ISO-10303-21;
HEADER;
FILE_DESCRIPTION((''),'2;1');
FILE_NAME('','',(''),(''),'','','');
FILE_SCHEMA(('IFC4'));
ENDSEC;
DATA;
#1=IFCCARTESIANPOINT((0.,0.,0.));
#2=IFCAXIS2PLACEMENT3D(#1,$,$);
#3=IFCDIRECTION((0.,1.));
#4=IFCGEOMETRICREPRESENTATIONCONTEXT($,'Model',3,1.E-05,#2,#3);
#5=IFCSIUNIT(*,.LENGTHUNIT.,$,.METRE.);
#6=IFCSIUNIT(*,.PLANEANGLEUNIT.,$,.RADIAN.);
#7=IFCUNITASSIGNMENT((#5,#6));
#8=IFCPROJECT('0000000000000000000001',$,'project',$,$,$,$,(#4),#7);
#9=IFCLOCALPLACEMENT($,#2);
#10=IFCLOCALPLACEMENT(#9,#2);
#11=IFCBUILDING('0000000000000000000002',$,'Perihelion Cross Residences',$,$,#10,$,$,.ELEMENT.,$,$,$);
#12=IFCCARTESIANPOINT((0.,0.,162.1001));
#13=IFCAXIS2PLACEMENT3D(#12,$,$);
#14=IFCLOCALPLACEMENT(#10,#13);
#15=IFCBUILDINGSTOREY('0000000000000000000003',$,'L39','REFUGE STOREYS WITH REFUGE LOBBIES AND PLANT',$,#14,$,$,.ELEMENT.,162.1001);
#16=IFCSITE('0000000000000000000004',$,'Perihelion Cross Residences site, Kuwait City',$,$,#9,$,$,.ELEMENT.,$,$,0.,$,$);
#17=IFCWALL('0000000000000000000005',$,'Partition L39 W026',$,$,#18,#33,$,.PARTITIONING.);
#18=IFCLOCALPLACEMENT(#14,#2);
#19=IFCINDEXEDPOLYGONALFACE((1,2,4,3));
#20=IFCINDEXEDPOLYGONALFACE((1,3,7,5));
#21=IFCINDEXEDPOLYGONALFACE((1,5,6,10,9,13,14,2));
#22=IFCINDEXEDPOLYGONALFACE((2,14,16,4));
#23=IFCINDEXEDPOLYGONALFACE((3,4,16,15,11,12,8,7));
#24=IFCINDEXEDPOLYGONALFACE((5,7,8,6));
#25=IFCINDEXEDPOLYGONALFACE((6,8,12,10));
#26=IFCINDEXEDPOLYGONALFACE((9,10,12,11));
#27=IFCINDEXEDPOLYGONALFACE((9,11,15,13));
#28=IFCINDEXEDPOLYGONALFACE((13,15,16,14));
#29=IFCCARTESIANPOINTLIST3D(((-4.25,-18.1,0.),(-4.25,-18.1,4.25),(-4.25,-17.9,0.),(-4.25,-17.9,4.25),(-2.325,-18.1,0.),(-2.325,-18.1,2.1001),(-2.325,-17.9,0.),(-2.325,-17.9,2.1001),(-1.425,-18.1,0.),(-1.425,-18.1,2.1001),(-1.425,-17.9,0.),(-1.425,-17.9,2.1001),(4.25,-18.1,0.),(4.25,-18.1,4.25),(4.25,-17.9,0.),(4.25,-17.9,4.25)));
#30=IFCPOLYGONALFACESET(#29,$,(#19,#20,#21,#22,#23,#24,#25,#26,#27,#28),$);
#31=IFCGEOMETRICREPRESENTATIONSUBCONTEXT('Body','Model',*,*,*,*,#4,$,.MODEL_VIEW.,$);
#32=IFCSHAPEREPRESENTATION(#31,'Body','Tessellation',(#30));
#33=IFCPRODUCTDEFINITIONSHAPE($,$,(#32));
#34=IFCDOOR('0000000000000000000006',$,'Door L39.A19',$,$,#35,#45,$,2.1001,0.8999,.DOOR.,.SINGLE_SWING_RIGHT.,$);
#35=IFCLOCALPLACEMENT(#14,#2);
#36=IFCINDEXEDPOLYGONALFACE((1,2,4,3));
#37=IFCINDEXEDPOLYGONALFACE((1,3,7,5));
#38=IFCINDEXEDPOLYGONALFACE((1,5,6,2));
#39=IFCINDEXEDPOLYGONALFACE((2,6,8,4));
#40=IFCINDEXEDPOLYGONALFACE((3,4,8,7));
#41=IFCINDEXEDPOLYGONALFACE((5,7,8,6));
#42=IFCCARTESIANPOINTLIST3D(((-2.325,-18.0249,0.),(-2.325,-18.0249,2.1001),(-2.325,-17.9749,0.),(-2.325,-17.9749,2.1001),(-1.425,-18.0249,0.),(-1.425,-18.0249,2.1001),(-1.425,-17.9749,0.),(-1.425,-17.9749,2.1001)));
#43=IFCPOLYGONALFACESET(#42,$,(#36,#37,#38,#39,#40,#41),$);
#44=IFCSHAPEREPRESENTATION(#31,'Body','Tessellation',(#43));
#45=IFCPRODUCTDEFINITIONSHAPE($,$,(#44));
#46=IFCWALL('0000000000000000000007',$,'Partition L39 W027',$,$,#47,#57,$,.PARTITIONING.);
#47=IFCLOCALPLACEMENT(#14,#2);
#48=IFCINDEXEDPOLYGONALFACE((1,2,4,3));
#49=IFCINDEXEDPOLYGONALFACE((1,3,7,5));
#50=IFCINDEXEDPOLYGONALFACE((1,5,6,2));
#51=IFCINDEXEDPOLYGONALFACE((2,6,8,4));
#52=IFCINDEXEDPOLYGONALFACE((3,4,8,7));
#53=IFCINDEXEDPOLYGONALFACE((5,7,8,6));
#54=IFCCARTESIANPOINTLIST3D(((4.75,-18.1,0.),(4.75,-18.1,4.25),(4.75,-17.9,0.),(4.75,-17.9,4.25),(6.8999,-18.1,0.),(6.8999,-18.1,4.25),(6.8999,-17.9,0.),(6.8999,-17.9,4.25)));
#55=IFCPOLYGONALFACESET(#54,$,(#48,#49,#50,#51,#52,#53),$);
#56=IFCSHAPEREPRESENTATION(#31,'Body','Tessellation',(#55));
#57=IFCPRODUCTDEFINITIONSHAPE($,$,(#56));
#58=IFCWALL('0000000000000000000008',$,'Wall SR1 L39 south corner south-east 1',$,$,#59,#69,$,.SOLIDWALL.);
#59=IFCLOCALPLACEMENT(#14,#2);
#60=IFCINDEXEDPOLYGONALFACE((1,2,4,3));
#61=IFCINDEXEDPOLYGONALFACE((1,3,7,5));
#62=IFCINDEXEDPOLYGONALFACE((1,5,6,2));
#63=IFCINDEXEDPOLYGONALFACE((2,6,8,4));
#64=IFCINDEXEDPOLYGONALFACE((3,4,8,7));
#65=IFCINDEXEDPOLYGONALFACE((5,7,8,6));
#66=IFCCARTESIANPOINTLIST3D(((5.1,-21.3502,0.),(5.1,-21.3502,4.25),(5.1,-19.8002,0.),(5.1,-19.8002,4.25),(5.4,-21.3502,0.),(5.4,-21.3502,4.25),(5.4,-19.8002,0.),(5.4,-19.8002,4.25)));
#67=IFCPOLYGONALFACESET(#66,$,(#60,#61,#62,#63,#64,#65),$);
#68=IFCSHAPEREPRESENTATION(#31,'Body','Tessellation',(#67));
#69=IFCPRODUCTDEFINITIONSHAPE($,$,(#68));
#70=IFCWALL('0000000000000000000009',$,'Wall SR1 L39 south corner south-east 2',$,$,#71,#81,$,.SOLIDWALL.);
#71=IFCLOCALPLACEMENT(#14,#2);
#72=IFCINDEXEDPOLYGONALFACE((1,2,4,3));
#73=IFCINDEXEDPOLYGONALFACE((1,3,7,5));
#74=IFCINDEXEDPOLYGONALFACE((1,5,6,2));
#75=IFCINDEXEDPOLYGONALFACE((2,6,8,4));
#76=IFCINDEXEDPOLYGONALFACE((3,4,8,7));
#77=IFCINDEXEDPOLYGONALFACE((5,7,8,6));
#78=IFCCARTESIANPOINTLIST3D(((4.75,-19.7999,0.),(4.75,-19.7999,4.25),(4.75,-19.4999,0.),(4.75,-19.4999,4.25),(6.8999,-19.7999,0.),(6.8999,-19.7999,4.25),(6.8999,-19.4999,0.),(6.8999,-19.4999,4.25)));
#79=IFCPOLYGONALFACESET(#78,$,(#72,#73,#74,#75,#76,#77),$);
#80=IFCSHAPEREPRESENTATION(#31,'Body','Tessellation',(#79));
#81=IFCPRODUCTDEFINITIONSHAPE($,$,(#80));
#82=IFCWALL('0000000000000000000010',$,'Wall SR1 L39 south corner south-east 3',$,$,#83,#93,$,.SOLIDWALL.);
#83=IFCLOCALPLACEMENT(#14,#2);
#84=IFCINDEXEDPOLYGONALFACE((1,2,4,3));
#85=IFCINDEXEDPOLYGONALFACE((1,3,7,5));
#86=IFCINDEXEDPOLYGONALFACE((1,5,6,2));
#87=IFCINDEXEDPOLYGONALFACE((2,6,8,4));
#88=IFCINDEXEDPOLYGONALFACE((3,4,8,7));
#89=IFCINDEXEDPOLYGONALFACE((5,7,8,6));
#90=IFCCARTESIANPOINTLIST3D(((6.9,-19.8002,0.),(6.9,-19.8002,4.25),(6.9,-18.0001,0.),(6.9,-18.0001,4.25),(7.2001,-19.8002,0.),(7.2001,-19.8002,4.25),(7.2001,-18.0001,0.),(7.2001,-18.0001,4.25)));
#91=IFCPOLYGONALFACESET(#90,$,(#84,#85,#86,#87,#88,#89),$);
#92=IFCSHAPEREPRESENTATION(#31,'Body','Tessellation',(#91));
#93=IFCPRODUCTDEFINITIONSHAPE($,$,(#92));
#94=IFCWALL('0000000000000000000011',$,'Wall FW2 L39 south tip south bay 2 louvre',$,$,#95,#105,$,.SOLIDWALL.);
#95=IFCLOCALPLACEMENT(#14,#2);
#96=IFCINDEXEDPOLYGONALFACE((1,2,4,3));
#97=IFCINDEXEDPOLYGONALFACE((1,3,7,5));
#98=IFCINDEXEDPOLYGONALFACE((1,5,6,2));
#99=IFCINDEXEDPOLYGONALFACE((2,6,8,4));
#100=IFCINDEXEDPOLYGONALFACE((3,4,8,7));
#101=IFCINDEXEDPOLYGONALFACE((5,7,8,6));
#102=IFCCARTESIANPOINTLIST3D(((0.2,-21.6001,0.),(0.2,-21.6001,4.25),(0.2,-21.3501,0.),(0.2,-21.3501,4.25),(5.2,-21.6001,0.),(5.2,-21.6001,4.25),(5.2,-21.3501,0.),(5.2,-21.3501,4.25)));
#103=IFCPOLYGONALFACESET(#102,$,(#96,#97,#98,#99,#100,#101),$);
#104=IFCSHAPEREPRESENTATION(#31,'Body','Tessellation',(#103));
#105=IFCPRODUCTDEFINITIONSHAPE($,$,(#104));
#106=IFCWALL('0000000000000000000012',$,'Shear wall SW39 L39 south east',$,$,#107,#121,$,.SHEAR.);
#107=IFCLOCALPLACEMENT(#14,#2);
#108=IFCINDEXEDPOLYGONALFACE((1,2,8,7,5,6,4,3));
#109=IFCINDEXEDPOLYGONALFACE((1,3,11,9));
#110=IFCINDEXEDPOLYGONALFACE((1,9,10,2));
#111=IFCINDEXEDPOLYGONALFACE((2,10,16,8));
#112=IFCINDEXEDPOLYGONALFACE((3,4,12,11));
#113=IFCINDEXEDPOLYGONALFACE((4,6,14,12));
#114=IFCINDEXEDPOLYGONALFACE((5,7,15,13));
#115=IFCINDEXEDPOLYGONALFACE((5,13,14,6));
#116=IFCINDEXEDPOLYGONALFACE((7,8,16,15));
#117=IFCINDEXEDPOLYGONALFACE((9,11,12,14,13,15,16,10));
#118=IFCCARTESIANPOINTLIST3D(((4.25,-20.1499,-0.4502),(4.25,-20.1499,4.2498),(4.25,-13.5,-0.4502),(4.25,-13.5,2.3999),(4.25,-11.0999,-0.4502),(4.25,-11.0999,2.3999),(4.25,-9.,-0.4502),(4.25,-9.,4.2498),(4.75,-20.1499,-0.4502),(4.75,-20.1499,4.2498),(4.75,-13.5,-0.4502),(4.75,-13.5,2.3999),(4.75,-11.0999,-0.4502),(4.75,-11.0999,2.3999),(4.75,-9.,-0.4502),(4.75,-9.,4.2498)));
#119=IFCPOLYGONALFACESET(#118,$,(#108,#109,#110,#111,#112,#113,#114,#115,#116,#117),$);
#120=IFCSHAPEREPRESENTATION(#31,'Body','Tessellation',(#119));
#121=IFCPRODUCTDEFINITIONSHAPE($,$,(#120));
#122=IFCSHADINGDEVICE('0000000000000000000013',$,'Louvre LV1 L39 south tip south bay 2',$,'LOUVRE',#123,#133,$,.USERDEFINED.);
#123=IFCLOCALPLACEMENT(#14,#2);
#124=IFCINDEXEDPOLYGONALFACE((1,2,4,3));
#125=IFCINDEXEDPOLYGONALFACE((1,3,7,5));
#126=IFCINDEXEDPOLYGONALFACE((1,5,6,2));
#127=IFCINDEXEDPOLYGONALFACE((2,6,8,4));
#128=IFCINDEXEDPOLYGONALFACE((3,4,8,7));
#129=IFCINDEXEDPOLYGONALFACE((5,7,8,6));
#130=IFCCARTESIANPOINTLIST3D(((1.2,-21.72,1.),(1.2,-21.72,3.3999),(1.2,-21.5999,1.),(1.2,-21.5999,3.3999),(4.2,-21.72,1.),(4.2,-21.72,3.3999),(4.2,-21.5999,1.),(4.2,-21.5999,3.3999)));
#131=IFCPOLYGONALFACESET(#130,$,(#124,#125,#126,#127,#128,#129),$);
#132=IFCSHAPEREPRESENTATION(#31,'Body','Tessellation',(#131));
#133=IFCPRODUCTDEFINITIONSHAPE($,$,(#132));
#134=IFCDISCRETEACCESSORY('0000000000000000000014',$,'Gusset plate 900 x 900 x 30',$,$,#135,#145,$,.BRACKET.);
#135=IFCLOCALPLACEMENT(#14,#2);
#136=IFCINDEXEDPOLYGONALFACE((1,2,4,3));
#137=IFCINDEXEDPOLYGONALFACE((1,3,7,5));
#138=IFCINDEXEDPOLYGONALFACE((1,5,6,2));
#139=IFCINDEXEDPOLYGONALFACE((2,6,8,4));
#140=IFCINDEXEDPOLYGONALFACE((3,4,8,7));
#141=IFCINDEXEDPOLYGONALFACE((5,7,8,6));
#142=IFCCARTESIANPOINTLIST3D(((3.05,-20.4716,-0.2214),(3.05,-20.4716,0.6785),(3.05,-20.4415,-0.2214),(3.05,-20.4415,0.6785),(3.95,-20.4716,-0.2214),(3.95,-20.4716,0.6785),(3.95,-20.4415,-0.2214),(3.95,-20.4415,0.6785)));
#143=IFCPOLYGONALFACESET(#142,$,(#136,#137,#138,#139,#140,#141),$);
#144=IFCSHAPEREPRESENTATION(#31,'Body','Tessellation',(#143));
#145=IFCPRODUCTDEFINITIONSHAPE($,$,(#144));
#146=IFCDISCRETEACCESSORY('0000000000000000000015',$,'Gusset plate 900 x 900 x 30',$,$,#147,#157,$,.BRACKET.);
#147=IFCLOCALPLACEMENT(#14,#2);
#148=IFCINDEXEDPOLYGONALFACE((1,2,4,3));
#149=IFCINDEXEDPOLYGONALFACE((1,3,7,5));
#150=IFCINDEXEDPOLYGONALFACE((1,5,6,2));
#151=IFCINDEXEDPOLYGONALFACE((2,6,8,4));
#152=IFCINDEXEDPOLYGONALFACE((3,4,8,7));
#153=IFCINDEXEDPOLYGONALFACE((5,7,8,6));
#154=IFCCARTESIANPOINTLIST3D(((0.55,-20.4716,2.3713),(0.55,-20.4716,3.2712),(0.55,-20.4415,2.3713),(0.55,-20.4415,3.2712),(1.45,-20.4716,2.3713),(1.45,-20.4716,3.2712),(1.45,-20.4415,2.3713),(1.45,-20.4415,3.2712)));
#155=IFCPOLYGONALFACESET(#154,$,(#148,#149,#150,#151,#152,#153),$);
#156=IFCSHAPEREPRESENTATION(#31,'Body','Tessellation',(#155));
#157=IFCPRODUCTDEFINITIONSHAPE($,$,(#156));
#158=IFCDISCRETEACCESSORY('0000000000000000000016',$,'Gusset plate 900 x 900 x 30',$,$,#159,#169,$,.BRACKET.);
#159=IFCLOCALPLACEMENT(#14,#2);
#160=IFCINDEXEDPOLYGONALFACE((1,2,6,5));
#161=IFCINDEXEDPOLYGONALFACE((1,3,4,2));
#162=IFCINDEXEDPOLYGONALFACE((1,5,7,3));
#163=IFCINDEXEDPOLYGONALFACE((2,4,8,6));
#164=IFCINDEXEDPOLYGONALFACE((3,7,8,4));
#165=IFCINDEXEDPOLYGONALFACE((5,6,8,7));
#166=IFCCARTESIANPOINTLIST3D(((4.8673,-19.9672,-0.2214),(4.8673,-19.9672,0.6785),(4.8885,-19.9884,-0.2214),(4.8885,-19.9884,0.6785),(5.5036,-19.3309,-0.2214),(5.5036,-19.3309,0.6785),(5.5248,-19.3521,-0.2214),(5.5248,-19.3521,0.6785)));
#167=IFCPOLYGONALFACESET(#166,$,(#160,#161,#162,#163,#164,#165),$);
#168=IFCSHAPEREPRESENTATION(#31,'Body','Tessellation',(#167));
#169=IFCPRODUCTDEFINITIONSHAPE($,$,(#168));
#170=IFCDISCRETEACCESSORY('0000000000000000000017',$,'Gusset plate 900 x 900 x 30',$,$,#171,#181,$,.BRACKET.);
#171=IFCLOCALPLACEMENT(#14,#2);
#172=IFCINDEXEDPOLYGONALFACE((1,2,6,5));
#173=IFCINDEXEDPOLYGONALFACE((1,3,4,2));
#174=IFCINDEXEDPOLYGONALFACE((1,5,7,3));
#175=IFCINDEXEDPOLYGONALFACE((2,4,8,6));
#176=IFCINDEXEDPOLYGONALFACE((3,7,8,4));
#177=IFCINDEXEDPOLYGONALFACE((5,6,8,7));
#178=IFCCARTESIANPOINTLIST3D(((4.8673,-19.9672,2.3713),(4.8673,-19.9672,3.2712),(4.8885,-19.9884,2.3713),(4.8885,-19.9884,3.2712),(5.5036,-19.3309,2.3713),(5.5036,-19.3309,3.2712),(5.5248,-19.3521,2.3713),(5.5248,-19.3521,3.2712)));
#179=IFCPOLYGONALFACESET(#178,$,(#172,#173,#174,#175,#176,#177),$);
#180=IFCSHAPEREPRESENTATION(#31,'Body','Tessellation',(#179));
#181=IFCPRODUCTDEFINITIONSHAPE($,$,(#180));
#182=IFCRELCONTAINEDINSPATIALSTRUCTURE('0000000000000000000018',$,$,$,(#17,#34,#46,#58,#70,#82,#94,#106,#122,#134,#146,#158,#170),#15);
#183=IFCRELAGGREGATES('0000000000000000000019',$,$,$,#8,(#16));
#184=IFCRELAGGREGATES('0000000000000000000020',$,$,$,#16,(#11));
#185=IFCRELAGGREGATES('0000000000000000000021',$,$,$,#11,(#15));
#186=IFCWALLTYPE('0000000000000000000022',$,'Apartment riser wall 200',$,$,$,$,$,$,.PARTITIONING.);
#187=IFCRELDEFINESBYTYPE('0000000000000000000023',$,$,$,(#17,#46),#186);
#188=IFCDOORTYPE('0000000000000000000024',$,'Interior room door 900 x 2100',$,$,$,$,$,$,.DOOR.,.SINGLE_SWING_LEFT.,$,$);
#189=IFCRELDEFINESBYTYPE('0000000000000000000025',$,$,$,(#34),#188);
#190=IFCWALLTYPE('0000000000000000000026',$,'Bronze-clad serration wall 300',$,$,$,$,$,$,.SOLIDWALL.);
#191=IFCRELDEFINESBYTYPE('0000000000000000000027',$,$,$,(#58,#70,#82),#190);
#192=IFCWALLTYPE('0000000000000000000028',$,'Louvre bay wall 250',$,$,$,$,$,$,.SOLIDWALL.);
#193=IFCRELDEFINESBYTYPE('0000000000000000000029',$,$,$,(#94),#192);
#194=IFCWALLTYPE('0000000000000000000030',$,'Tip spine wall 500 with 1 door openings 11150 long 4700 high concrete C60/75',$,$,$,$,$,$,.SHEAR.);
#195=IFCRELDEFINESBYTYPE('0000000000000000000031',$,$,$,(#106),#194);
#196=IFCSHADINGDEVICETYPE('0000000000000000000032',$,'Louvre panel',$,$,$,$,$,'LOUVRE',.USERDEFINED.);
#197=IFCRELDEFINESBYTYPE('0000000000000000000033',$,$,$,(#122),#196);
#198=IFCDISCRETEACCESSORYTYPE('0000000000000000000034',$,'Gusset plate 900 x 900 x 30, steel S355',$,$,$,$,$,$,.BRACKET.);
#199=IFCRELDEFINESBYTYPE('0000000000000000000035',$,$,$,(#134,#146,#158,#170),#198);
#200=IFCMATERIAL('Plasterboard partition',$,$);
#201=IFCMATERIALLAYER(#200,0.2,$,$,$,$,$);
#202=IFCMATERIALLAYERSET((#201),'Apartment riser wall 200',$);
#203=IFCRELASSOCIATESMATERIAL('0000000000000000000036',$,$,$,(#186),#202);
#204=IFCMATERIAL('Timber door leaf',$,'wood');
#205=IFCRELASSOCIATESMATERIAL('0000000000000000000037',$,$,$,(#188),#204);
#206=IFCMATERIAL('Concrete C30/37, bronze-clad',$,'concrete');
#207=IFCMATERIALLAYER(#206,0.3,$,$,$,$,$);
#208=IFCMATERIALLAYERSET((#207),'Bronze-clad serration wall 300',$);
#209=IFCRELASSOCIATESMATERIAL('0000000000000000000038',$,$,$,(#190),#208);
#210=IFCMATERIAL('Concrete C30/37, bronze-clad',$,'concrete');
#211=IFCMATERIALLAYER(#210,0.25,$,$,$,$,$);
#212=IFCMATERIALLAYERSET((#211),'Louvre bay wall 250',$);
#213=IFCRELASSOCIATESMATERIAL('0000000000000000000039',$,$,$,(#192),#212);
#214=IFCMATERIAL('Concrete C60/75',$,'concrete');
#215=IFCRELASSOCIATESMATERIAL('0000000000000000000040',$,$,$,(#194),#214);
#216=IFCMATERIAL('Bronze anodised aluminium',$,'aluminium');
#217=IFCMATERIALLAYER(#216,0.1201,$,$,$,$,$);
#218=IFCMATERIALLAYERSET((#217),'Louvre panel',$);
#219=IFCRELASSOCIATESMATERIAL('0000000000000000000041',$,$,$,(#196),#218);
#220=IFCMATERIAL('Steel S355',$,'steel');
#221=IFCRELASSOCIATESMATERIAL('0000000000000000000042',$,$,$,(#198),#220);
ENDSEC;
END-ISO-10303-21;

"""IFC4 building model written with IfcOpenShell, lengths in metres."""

from ifc_helpers import new_model, si_unit, direction, frame, frame_2d, origin, origin_2d, place, context, subcontext, project, spatial, polyline, rectangle, outline, extrude, material, layer, layer_set, material_profile, profile_set, type_object, element, fill, save


model = new_model("IFC4")

# Units and contexts
model_context = context("Model", 3, precision=1e-05, world=origin(), true_north=direction((0.0, 1.0)))
body_context = subcontext(model_context, "Body", "Model", "MODEL_VIEW")
ifc_project = project(units=[si_unit("LENGTHUNIT", "METRE"), si_unit("PLANEANGLEUNIT", "RADIAN")], contexts=[model_context])

# Site, building, storey
site_placement = place(None, origin())
site = spatial("IfcSite", under=ifc_project, at=site_placement, Name="Perihelion Cross Residences site, Kuwait City", CompositionType="ELEMENT", RefElevation=0.0)
building_placement = place(site_placement, origin())
building = spatial("IfcBuilding", under=site, at=building_placement, Name="Perihelion Cross Residences", CompositionType="ELEMENT")
storey_placement = place(building_placement, frame((0.0, 0.0, 162.1001)))
storey = spatial("IfcBuildingStorey", under=building, at=storey_placement, Name="L39", Description="REFUGE STOREYS WITH REFUGE LOBBIES AND PLANT", CompositionType="ELEMENT", Elevation=162.1001)

# Wall, opening, door
ifc_material_1 = material(Name="Plasterboard partition")
ifc_layer_1 = layer(ifc_material_1, 0.2)
ifc_layer_set_1 = layer_set([ifc_layer_1], Name="Apartment riser wall 200")
wall_type_1 = type_object("IfcWallType", Name="Apartment riser wall 200", PredefinedType="PARTITIONING", material=ifc_layer_set_1)
wall_1_placement = place(storey_placement, frame((4.25, -18.0, 0.0), z_axis=(0.0, 0.0, 1.0), x_axis=(-1.0, 0.0, 0.0)))
wall_1 = element("IfcWall", 1, at=wall_1_placement, inside=storey, type_object=wall_type_1, Name="Partition L39 W026", PredefinedType="PARTITIONING", context=body_context, shape_type="SweptSolid", body=[
    extrude(rectangle(XDim=8.5, YDim=0.2, at=frame_2d((4.25, 0.0))), origin(), (0.0, 0.0, 1.0), 4.25),
])
opening_placement = place(wall_1_placement, frame((5.675, 0.0, 0.0)))
opening = element("IfcOpeningElement", 2, at=opening_placement, cuts=wall_1, PredefinedType="OPENING", context=body_context, shape_type="SweptSolid", body=[
    extrude(rectangle(XDim=0.8999, YDim=2.1001, at=frame_2d((0.45, 1.05))), frame((0.0, 0.1099, 0.0), z_axis=(0.0, -1.0, 0.0), x_axis=(1.0, 0.0, 0.0)), (0.0, 0.0, 1.0), 0.22),
])
ifc_material_2 = material(Name="Timber door leaf", Category="wood")
door_type = type_object("IfcDoorType", Name="Interior room door 900 x 2100", OperationType="SINGLE_SWING_LEFT", PredefinedType="DOOR", material=ifc_material_2)
door_placement = place(opening_placement, origin())
door = element("IfcDoor", 3, at=door_placement, inside=storey, type_object=door_type, Name="Door L39.A19", OperationType="SINGLE_SWING_RIGHT", OverallHeight=2.1001, OverallWidth=0.8999, PredefinedType="DOOR", context=body_context, shape_type="SweptSolid", body=[
    extrude(rectangle(XDim=0.8999, YDim=2.1001, at=frame_2d((0.45, 1.05))), frame((0.0, 0.0249, 0.0), z_axis=(0.0, -1.0, 0.0), x_axis=(1.0, 0.0, 0.0)), (0.0, 0.0, 1.0), 0.05),
])
fill(opening, door)

# Walls
wall_2_placement = place(storey_placement, frame((6.8999, -18.0, 0.0), z_axis=(0.0, 0.0, 1.0), x_axis=(-1.0, 0.0, 0.0)))
element("IfcWall", 4, at=wall_2_placement, inside=storey, type_object=wall_type_1, Name="Partition L39 W027", PredefinedType="PARTITIONING", context=body_context, shape_type="SweptSolid", body=[
    extrude(rectangle(XDim=2.1499, YDim=0.2, at=frame_2d((1.075, 0.0))), origin(), (0.0, 0.0, 1.0), 4.25),
])
ifc_material_3 = material(Name="Concrete C30/37, bronze-clad", Category="concrete")
ifc_layer_2 = layer(ifc_material_3, 0.3)
ifc_layer_set_2 = layer_set([ifc_layer_2], Name="Bronze-clad serration wall 300")
wall_type_2 = type_object("IfcWallType", Name="Bronze-clad serration wall 300", PredefinedType="SOLIDWALL", material=ifc_layer_set_2)
wall_3_placement = place(storey_placement, frame((5.25, -21.3501, 0.0), z_axis=(0.0, 0.0, 1.0), x_axis=(0.0, 1.0, 0.0)))
element("IfcWall", 5, at=wall_3_placement, inside=storey, type_object=wall_type_2, Name="Wall SR1 L39 south corner south-east 1", PredefinedType="SOLIDWALL", context=body_context, shape_type="SweptSolid", body=[
    extrude(rectangle(XDim=1.55, YDim=0.3, at=frame_2d((0.7749, 0.0))), origin(), (0.0, 0.0, 1.0), 4.25),
])
wall_4_placement = place(storey_placement, frame((4.75, -19.6499, 0.0), z_axis=(0.0, 0.0, 1.0), x_axis=(1.0, 0.0, 0.0)))
element("IfcWall", 6, at=wall_4_placement, inside=storey, type_object=wall_type_2, Name="Wall SR1 L39 south corner south-east 2", PredefinedType="SOLIDWALL", context=body_context, shape_type="SweptSolid", body=[
    extrude(rectangle(XDim=2.1499, YDim=0.3, at=frame_2d((1.075, 0.0))), origin(), (0.0, 0.0, 1.0), 4.25),
])
wall_5_placement = place(storey_placement, frame((7.05, -19.8, 0.0), z_axis=(0.0, 0.0, 1.0), x_axis=(0.0, 1.0, 0.0)))
element("IfcWall", 7, at=wall_5_placement, inside=storey, type_object=wall_type_2, Name="Wall SR1 L39 south corner south-east 3", PredefinedType="SOLIDWALL", context=body_context, shape_type="SweptSolid", body=[
    extrude(rectangle(XDim=1.8, YDim=0.3, at=frame_2d((0.8999, 0.0))), origin(), (0.0, 0.0, 1.0), 4.25),
])
ifc_material_4 = material(Name="Concrete C30/37, bronze-clad", Category="concrete")
ifc_layer_3 = layer(ifc_material_4, 0.25)
ifc_layer_set_3 = layer_set([ifc_layer_3], Name="Louvre bay wall 250")
wall_type_3 = type_object("IfcWallType", Name="Louvre bay wall 250", PredefinedType="SOLIDWALL", material=ifc_layer_set_3)
wall_6_placement = place(storey_placement, frame((0.2, -21.4751, 0.0), z_axis=(0.0, 0.0, 1.0), x_axis=(1.0, 0.0, 0.0)))
element("IfcWall", 8, at=wall_6_placement, inside=storey, type_object=wall_type_3, Name="Wall FW2 L39 south tip south bay 2 louvre", PredefinedType="SOLIDWALL", context=body_context, shape_type="SweptSolid", body=[
    extrude(rectangle(XDim=5.0, YDim=0.25, at=frame_2d((2.5, 0.0))), origin(), (0.0, 0.0, 1.0), 4.25),
])
ifc_material_5 = material(Name="Concrete C60/75", Category="concrete")
ifc_material_profile_1 = material_profile(ifc_material_5, outline(polyline([(0.0, 0.0), (6.6499, 0.0), (6.6499, 2.8501), (9.05, 2.8501), (9.05, 0.0), (11.1499, 0.0), (11.1499, 4.7), (0.0, 4.7), (0.0, 0.0)])), Name="Tip spine wall")
ifc_profile_set_1 = profile_set([ifc_material_profile_1], Name="Concrete C60/75")
wall_type_4 = type_object("IfcWallType", Name="Tip spine wall 500 with 1 door openings 11150 long 4700 high concrete C60/75", PredefinedType="SHEAR", material=ifc_profile_set_1)
wall_7_placement = place(storey_placement, frame((4.25, -20.1499, -0.4502), z_axis=(1.0, 0.0, 0.0), x_axis=(0.0, 1.0, 0.0)))
element("IfcWall", 9, at=wall_7_placement, inside=storey, type_object=wall_type_4, Name="Shear wall SW39 L39 south east", PredefinedType="SHEAR", context=body_context, shape_type="SweptSolid", body=[
    extrude(outline(polyline([(0.0, 0.0), (6.6499, 0.0), (6.6499, 2.8501), (9.05, 2.8501), (9.05, 0.0), (11.1499, 0.0), (11.1499, 4.7), (0.0, 4.7), (0.0, 0.0)])), origin(), (0.0, 0.0, 1.0), 0.5),
])

# Shading device
ifc_material_6 = material(Name="Bronze anodised aluminium", Category="aluminium")
ifc_layer_4 = layer(ifc_material_6, 0.1201)
ifc_layer_set_4 = layer_set([ifc_layer_4], Name="Louvre panel")
shading_device_type = type_object("IfcShadingDeviceType", Name="Louvre panel", ElementType="LOUVRE", PredefinedType="USERDEFINED", material=ifc_layer_set_4)
shading_device_placement = place(storey_placement, frame((2.7, -21.6599, 1.0), z_axis=(0.0, 0.0, 1.0), x_axis=(1.0, 0.0, 0.0)))
element("IfcShadingDevice", 10, at=shading_device_placement, inside=storey, type_object=shading_device_type, Name="Louvre LV1 L39 south tip south bay 2", ObjectType="LOUVRE", PredefinedType="USERDEFINED", context=body_context, shape_type="SweptSolid", body=[
    extrude(rectangle(XDim=3.0, YDim=0.1201, at=origin_2d()), origin(), (0.0, 0.0, 1.0), 2.3999),
])

# Discrete accessories
ifc_material_7 = material(Name="Steel S355", Category="steel")
discrete_accessory_type = type_object("IfcDiscreteAccessoryType", Name="Gusset plate 900 x 900 x 30, steel S355", PredefinedType="BRACKET", material=ifc_material_7)
for number, where, z_axis, x_axis, name in (
    (11, (3.5, -20.4565, -0.2214), (0.0, 0.0, 1.0), (-1.0, 0.0, 0.0), "Gusset plate 900 x 900 x 30"),
    (12, (1.0, -20.4565, 2.3713), (0.0, 0.0, 1.0), (1.0, 0.0, 0.0), "Gusset plate 900 x 900 x 30"),
    (13, (5.196, -19.6597, -0.2214), (0.0, 0.0, 1.0), (0.707107, 0.707107, 0.0), "Gusset plate 900 x 900 x 30"),
    (14, (5.196, -19.6597, 2.3713), (0.0, 0.0, 1.0), (0.707107, 0.707107, 0.0), "Gusset plate 900 x 900 x 30"),
):
    element("IfcDiscreteAccessory", number, at=place(storey_placement, frame(where, z_axis=z_axis, x_axis=x_axis)), inside=storey, type_object=discrete_accessory_type, Name=name, PredefinedType="BRACKET", context=body_context, shape_type="SweptSolid", body=[
        extrude(rectangle(XDim=0.8999, YDim=0.03, at=origin_2d()), origin(), (0.0, 0.0, 1.0), 0.8999),
    ])

save(model, "model.ifc")
